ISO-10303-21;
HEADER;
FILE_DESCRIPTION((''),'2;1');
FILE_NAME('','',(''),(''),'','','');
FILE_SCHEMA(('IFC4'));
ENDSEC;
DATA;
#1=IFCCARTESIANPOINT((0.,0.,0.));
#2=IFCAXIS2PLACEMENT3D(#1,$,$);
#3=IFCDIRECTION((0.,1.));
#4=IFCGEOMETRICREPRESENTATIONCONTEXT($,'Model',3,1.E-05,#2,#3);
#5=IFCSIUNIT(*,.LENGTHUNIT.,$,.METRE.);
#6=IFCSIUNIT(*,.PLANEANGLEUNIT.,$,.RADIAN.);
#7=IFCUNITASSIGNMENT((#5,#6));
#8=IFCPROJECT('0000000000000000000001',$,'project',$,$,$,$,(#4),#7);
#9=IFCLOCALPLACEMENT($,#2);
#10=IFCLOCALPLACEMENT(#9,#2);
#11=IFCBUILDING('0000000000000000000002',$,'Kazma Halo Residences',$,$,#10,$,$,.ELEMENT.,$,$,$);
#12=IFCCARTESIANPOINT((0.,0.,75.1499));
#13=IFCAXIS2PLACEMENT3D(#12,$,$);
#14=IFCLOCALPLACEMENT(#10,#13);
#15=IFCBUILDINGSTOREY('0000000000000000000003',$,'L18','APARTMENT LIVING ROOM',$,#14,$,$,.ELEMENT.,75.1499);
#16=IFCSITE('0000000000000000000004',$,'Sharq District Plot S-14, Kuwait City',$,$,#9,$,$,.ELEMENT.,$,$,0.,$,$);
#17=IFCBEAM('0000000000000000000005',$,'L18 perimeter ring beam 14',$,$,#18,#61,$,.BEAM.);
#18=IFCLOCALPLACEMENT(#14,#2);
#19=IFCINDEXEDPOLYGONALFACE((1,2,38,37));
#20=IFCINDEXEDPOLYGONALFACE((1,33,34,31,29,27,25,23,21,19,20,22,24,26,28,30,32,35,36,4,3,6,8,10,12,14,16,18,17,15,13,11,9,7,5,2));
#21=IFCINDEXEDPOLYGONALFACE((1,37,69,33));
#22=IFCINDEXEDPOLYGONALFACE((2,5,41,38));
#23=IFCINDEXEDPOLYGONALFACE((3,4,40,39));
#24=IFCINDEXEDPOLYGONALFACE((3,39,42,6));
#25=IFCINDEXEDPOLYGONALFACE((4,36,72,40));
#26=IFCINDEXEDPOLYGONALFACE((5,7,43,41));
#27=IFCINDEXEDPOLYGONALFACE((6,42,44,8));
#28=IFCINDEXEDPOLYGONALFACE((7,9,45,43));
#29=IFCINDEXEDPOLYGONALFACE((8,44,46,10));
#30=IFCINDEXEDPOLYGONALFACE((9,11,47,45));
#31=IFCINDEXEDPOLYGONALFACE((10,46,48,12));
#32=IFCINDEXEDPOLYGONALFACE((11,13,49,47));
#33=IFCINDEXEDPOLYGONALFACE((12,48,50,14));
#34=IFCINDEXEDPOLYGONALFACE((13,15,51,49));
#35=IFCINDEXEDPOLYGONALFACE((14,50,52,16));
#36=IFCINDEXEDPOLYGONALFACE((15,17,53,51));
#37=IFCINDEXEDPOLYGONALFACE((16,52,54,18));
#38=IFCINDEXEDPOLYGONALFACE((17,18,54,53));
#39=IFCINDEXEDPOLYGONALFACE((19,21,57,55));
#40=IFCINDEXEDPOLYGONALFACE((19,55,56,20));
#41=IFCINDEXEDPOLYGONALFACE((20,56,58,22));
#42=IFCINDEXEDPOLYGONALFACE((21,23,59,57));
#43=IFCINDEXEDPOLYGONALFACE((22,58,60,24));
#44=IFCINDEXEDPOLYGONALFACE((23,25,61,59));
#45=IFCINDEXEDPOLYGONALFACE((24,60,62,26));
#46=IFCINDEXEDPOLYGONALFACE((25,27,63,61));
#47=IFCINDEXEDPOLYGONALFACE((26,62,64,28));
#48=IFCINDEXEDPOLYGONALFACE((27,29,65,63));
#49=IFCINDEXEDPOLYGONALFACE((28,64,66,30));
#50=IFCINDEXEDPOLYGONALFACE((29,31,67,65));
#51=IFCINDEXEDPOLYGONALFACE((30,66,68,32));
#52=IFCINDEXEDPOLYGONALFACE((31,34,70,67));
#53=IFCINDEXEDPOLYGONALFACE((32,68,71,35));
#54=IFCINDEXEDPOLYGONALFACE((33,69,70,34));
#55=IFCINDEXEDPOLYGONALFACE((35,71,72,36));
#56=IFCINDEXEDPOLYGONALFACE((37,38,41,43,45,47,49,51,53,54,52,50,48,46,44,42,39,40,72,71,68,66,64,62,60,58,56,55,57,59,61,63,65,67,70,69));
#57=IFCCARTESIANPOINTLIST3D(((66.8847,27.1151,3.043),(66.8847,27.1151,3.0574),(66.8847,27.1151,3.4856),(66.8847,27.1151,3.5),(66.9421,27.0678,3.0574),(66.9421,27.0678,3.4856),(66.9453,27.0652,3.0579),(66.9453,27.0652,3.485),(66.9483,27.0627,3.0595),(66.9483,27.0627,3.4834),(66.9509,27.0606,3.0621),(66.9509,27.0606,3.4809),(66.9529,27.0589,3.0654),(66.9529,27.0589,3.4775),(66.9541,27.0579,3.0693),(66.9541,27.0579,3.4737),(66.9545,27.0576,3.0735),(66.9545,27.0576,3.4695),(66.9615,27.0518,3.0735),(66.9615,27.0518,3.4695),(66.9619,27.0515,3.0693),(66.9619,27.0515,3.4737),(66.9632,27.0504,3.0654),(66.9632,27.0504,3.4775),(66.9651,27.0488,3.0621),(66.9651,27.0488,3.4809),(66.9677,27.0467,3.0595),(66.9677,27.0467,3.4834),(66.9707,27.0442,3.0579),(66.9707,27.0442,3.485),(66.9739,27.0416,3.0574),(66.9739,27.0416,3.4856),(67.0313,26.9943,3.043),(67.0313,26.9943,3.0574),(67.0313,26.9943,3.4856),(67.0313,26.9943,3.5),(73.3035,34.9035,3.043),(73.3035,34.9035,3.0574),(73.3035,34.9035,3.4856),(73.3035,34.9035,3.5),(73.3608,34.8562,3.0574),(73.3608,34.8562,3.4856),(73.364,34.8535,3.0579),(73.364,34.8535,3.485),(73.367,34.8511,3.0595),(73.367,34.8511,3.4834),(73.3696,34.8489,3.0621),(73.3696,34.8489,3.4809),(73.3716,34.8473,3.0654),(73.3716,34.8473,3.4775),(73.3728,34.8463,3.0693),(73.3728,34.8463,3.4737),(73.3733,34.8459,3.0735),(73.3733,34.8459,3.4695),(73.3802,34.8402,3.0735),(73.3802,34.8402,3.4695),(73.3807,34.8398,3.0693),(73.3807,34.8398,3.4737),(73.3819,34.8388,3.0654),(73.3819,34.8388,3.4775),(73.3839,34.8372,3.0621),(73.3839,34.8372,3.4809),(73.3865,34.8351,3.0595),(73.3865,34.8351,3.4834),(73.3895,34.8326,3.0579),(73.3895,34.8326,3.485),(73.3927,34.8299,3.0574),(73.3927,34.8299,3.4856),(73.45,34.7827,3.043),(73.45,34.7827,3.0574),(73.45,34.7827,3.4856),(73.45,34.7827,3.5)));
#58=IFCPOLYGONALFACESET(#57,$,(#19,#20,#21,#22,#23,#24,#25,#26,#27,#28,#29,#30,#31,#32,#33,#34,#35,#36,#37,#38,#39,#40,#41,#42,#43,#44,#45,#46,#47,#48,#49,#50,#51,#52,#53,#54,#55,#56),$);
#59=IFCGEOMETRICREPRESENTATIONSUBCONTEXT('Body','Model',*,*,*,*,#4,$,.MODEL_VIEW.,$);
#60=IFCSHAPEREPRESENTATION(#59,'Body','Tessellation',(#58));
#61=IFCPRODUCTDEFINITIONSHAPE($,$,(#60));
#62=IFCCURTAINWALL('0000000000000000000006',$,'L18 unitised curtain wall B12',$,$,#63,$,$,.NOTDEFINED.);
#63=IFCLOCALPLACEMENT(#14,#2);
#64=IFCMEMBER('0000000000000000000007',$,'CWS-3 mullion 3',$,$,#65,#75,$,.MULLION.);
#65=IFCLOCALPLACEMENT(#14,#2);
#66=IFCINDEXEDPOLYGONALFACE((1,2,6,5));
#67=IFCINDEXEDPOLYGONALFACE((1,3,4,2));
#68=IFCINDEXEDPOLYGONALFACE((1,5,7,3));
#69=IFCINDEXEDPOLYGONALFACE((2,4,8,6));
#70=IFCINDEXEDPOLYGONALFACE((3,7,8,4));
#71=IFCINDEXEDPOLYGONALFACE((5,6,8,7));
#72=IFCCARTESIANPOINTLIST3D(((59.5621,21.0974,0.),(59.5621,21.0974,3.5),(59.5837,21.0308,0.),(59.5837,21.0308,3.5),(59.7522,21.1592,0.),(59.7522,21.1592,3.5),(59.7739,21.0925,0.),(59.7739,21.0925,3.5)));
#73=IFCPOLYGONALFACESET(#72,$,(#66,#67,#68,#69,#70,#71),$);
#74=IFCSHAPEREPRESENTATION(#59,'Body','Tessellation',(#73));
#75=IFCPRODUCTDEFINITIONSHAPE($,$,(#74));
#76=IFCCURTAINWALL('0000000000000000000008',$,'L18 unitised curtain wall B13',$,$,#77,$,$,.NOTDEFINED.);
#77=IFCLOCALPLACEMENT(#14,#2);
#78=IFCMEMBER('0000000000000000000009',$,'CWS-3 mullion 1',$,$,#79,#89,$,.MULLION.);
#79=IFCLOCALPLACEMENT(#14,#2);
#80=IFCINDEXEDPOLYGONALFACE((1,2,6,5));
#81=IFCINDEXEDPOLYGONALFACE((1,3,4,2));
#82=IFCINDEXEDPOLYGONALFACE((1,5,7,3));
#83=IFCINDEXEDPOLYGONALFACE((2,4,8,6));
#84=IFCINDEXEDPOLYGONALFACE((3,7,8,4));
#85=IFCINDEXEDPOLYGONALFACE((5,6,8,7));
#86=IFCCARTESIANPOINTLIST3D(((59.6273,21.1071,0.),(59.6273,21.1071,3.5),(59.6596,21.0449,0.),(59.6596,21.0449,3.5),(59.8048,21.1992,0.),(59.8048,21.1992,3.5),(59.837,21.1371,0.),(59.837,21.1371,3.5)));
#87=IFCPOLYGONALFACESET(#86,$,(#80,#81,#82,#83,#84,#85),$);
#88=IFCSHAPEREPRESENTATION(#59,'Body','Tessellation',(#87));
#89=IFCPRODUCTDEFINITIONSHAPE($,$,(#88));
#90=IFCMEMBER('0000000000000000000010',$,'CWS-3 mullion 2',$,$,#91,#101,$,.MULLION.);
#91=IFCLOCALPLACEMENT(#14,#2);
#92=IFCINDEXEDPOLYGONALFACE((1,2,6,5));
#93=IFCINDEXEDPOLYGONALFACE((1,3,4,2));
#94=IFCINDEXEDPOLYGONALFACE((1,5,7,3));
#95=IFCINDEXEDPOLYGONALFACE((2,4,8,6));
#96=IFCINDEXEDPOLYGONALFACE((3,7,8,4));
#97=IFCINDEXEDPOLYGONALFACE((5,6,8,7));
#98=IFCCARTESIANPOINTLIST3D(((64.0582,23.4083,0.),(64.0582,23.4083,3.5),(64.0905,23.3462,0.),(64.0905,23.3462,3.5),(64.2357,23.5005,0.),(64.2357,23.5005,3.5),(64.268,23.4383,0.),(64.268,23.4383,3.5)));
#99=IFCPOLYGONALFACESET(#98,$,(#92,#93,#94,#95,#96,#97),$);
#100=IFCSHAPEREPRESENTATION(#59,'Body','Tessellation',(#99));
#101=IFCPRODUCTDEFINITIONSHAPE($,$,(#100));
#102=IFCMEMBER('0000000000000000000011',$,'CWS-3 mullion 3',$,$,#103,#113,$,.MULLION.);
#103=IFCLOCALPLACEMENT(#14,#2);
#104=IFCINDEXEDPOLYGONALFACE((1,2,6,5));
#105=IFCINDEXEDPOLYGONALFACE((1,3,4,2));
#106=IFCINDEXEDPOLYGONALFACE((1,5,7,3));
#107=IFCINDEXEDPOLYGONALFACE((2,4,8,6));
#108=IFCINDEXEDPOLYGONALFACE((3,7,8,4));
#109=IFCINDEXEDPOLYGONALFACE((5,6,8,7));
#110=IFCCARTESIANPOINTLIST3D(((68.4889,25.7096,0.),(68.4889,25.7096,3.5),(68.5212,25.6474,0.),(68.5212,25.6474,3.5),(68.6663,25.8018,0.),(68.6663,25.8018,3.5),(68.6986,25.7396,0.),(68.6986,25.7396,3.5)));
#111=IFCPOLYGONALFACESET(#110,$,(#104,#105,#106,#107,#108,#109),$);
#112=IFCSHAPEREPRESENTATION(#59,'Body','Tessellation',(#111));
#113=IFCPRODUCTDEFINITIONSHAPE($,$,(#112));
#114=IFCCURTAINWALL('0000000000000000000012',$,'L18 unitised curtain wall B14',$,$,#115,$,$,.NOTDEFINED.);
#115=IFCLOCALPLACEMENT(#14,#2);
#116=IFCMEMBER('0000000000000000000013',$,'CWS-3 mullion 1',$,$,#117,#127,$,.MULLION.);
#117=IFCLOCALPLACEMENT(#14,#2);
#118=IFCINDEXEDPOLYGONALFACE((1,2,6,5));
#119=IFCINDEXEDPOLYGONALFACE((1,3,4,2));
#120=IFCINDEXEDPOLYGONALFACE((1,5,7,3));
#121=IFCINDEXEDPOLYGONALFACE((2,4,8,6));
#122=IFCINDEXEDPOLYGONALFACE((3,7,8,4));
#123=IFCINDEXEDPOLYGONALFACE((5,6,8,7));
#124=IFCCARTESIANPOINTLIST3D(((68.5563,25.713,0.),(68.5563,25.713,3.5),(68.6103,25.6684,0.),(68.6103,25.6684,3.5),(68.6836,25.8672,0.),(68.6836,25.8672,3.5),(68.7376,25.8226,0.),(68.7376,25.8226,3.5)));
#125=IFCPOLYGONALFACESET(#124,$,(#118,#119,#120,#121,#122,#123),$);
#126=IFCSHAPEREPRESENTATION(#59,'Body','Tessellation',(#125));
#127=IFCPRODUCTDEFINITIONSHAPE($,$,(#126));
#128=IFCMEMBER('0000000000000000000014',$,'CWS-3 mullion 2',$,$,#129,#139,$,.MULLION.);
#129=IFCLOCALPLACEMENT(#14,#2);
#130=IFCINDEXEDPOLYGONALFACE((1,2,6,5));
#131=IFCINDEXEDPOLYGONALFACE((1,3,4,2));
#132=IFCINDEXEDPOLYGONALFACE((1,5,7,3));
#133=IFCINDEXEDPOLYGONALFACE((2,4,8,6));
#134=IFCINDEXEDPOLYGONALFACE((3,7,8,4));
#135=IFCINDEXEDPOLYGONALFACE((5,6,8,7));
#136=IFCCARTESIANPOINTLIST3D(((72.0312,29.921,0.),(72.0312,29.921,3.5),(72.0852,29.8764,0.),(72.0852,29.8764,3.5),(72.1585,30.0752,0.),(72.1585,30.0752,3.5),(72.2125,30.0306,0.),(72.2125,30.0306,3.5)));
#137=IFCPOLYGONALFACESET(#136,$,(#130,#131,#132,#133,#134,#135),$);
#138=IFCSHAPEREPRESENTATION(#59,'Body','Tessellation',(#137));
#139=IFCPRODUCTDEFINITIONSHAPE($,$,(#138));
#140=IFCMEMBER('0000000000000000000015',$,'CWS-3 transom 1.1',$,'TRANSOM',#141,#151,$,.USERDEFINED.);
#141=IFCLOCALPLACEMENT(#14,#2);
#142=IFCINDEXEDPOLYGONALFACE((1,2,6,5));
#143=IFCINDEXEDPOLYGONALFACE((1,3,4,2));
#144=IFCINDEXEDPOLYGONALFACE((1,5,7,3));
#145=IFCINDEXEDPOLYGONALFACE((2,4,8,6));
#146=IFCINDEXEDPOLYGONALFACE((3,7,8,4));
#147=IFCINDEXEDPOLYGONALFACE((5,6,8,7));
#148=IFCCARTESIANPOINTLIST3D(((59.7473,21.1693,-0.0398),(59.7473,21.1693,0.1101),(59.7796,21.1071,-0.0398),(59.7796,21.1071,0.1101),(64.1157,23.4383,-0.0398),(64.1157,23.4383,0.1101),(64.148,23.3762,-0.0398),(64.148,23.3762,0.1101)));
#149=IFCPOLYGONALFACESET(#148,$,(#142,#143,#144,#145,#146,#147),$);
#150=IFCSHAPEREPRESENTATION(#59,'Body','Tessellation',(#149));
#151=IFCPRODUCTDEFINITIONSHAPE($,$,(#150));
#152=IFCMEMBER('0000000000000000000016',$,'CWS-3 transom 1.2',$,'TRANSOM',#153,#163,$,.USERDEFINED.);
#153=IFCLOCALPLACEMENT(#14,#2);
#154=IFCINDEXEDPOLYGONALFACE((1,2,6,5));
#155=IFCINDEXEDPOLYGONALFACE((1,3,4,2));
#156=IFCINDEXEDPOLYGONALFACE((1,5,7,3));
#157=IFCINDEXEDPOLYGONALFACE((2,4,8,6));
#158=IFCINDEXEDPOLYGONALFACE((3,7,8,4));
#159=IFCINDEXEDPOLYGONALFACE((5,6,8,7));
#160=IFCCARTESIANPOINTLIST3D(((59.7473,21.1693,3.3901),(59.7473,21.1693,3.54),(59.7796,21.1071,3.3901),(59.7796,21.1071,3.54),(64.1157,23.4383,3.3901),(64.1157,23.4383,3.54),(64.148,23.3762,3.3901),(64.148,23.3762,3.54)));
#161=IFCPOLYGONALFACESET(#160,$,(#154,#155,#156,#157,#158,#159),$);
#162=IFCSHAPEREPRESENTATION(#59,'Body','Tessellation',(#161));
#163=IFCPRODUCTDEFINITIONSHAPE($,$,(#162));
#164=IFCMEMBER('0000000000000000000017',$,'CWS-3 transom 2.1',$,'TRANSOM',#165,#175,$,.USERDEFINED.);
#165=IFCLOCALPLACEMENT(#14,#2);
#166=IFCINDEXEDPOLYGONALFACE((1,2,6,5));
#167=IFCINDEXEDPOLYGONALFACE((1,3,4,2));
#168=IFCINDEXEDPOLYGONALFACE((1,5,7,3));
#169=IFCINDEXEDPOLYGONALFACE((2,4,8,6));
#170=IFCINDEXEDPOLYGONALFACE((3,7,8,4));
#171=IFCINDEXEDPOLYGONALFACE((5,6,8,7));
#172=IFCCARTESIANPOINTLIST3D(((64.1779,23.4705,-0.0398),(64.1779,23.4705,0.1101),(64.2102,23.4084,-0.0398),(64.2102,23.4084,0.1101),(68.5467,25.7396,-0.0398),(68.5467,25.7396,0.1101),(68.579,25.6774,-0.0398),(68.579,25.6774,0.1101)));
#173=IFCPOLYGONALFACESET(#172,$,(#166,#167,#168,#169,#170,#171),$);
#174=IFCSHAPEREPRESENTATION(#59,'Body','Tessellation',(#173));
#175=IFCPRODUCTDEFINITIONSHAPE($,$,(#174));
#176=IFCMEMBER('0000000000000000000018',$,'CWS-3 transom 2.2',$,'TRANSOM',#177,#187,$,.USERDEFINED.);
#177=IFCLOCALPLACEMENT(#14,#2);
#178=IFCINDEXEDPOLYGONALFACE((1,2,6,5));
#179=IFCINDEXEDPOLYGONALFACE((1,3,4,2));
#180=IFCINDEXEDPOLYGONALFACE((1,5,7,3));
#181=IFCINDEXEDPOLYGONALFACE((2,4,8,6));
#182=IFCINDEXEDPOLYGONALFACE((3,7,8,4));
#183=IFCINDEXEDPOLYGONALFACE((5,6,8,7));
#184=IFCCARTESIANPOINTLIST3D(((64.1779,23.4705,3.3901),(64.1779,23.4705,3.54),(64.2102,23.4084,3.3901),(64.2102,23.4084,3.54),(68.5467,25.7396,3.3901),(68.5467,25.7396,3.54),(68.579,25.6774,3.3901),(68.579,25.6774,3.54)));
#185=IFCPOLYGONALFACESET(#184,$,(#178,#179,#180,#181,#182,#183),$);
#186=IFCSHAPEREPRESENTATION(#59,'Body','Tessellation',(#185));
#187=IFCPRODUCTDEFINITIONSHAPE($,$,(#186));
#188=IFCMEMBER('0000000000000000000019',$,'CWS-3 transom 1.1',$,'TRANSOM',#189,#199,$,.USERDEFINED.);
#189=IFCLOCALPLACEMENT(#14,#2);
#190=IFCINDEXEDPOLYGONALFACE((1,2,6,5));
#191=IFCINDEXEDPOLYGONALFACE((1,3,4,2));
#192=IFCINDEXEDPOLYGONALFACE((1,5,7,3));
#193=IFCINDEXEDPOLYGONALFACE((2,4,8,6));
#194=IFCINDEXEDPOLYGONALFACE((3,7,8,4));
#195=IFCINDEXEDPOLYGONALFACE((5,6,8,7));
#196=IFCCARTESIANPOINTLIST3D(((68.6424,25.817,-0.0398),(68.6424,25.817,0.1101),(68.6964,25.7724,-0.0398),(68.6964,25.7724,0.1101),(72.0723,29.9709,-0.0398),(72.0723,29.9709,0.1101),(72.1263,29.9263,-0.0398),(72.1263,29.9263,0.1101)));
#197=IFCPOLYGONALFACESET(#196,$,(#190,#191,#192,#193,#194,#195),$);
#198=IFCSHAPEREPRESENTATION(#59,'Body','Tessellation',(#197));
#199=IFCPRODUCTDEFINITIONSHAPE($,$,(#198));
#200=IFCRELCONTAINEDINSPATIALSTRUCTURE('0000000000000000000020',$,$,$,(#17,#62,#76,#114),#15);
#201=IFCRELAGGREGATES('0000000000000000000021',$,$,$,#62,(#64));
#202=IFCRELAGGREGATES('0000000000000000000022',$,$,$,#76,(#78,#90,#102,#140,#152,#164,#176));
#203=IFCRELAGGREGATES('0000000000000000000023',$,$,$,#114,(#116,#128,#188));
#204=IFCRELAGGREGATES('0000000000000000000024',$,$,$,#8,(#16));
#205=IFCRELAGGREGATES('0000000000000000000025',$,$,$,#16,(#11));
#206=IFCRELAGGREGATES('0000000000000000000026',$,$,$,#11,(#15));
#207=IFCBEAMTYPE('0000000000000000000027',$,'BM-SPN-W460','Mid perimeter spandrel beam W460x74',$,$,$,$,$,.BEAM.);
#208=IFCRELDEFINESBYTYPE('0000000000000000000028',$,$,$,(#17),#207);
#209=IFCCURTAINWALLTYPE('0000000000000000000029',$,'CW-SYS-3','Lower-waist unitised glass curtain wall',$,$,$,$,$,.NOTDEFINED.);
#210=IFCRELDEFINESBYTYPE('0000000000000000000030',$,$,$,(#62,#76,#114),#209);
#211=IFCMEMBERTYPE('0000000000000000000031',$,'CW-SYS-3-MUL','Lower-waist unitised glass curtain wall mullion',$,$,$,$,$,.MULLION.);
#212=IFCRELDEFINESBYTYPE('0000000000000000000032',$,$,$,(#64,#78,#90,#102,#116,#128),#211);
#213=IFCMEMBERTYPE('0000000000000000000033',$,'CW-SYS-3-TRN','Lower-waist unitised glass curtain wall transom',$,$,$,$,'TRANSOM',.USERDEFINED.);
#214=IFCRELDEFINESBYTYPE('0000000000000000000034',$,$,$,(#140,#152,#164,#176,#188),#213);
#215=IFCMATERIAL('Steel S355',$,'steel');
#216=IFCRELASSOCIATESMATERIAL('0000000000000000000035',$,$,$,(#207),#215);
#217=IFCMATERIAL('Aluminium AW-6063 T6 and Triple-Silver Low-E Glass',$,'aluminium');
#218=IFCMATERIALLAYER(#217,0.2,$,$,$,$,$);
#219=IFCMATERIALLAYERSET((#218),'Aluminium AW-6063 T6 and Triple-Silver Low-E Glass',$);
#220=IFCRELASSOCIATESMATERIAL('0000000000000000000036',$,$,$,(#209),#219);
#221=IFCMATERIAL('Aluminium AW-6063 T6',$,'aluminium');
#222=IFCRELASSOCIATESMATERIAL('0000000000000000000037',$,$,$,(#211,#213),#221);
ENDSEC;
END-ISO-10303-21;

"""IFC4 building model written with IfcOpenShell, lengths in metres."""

from ifc_helpers import new_model, si_unit, direction, frame, origin, origin_2d, place, context, subcontext, project, spatial, rectangle, i_section, extrude, material, layer, layer_set, material_profile, profile_set, type_object, element, aggregate, save


model = new_model("IFC4")

# Units and contexts
model_context = context("Model", 3, precision=1e-05, world=origin(), true_north=direction((0.0, 1.0)))
body_context = subcontext(model_context, "Body", "Model", "MODEL_VIEW")
ifc_project = project(units=[si_unit("LENGTHUNIT", "METRE"), si_unit("PLANEANGLEUNIT", "RADIAN")], contexts=[model_context])

# Site, building, storey
site_placement = place(None, origin())
site = spatial("IfcSite", under=ifc_project, at=site_placement, Name="Sharq District Plot S-14, Kuwait City", CompositionType="ELEMENT", RefElevation=0.0)
building_placement = place(site_placement, origin())
building = spatial("IfcBuilding", under=site, at=building_placement, Name="Kazma Halo Residences", CompositionType="ELEMENT")
storey_placement = place(building_placement, frame((0.0, 0.0, 75.1499)))
storey = spatial("IfcBuildingStorey", under=building, at=storey_placement, Name="L18", Description="APARTMENT LIVING ROOM", CompositionType="ELEMENT", Elevation=75.1499)

# Beam
ifc_material_1 = material(Name="Steel S355", Category="steel")
ifc_material_profile_1 = material_profile(ifc_material_1, i_section(OverallWidth=0.1899, OverallDepth=0.457, WebThickness=0.009, FlangeThickness=0.0144, FilletRadius=0.0161, at=origin_2d()), Name="W460x74")
ifc_profile_set_1 = profile_set([ifc_material_profile_1], Name="Steel S355")
beam_type_1 = type_object("IfcBeamType", Name="BM-SPN-W460", Description="Mid perimeter spandrel beam W460x74", PredefinedType="BEAM", material=ifc_profile_set_1)
beam_1_placement = place(storey_placement, frame((66.958, 27.0547, 3.2715), z_axis=(0.63599, 0.771698, 0.0), x_axis=(-0.771698, 0.63599, 0.0)))
element("IfcBeam", 1, at=beam_1_placement, inside=storey, type_object=beam_type_1, Name="L18 perimeter ring beam 14", PredefinedType="BEAM", context=body_context, shape_type="SweptSolid", body=[
    extrude(i_section(OverallWidth=0.1899, OverallDepth=0.457, WebThickness=0.009, FlangeThickness=0.0144, FilletRadius=0.0161, at=origin_2d()), origin(), (0.0, 0.0, 1.0), 10.0925),
])

# Curtain wall, member
ifc_material_2 = material(Name="Aluminium AW-6063 T6 and Triple-Silver Low-E Glass", Category="aluminium")
ifc_layer_1 = layer(ifc_material_2, 0.2)
ifc_layer_set_1 = layer_set([ifc_layer_1], Name="Aluminium AW-6063 T6 and Triple-Silver Low-E Glass")
curtain_wall_type = type_object("IfcCurtainWallType", Name="CW-SYS-3", Description="Lower-waist unitised glass curtain wall", PredefinedType="NOTDEFINED", material=ifc_layer_set_1)
curtain_wall_1_placement = place(storey_placement, origin())
curtain_wall_1 = element("IfcCurtainWall", 2, at=curtain_wall_1_placement, inside=storey, type_object=curtain_wall_type, Name="L18 unitised curtain wall B12", PredefinedType="NOTDEFINED")
ifc_material_3 = material(Name="Aluminium AW-6063 T6", Category="aluminium")
ifc_material_profile_2 = material_profile(ifc_material_3, rectangle(XDim=0.0701, YDim=0.2, at=origin_2d()), Name="CWM-70x200")
ifc_profile_set_2 = profile_set([ifc_material_profile_2], Name="Aluminium AW-6063 T6")
member_type_1 = type_object("IfcMemberType", Name="CW-SYS-3-MUL", Description="Lower-waist unitised glass curtain wall mullion", PredefinedType="MULLION", material=ifc_profile_set_2)
member_1_placement = place(storey_placement, frame((59.668, 21.095, 0.0), z_axis=(0.0, 0.0, 1.0), x_axis=(-0.309017, 0.951056, 0.0)))
member_1 = element("IfcMember", 3, at=member_1_placement, type_object=member_type_1, Name="CWS-3 mullion 3", PredefinedType="MULLION", context=body_context, shape_type="SweptSolid", body=[
    extrude(rectangle(XDim=0.0701, YDim=0.2, at=origin_2d()), origin(), (0.0, 0.0, 1.0), 3.5),
])
aggregate(curtain_wall_1, [member_1])

# Curtain walls, members
curtain_wall_2_placement = place(storey_placement, origin())
curtain_wall_2 = element("IfcCurtainWall", 4, at=curtain_wall_2_placement, inside=storey, type_object=curtain_wall_type, Name="L18 unitised curtain wall B13", PredefinedType="NOTDEFINED")
member_2_placement = place(storey_placement, frame((59.7322, 21.1221, 0.0), z_axis=(0.0, 0.0, 1.0), x_axis=(-0.460932, 0.887435, 0.0)))
member_2 = element("IfcMember", 5, at=member_2_placement, type_object=member_type_1, Name="CWS-3 mullion 1", PredefinedType="MULLION", context=body_context, shape_type="SweptSolid", body=[
    extrude(rectangle(XDim=0.0701, YDim=0.2, at=origin_2d()), origin(), (0.0, 0.0, 1.0), 3.5),
])
member_3_placement = place(storey_placement, frame((64.1631, 23.4233, 0.0), z_axis=(0.0, 0.0, 1.0), x_axis=(-0.460932, 0.887435, 0.0)))
member_3 = element("IfcMember", 6, at=member_3_placement, type_object=member_type_1, Name="CWS-3 mullion 2", PredefinedType="MULLION", context=body_context, shape_type="SweptSolid", body=[
    extrude(rectangle(XDim=0.0701, YDim=0.2, at=origin_2d()), origin(), (0.0, 0.0, 1.0), 3.5),
])
member_4_placement = place(storey_placement, frame((68.5938, 25.7246, 0.0), z_axis=(0.0, 0.0, 1.0), x_axis=(-0.460932, 0.887435, 0.0)))
member_4 = element("IfcMember", 7, at=member_4_placement, type_object=member_type_1, Name="CWS-3 mullion 3", PredefinedType="MULLION", context=body_context, shape_type="SweptSolid", body=[
    extrude(rectangle(XDim=0.0701, YDim=0.2, at=origin_2d()), origin(), (0.0, 0.0, 1.0), 3.5),
])
curtain_wall_3_placement = place(storey_placement, origin())
curtain_wall_3 = element("IfcCurtainWall", 8, at=curtain_wall_3_placement, inside=storey, type_object=curtain_wall_type, Name="L18 unitised curtain wall B14", PredefinedType="NOTDEFINED")
member_5_placement = place(storey_placement, frame((68.647, 25.7678, 0.0), z_axis=(0.0, 0.0, 1.0), x_axis=(-0.771095, 0.636721, 0.0)))
member_5 = element("IfcMember", 9, at=member_5_placement, type_object=member_type_1, Name="CWS-3 mullion 1", PredefinedType="MULLION", context=body_context, shape_type="SweptSolid", body=[
    extrude(rectangle(XDim=0.0701, YDim=0.2, at=origin_2d()), origin(), (0.0, 0.0, 1.0), 3.5),
])
member_6_placement = place(storey_placement, frame((72.1218, 29.9758, 0.0), z_axis=(0.0, 0.0, 1.0), x_axis=(-0.771095, 0.636721, 0.0)))
member_6 = element("IfcMember", 10, at=member_6_placement, type_object=member_type_1, Name="CWS-3 mullion 2", PredefinedType="MULLION", context=body_context, shape_type="SweptSolid", body=[
    extrude(rectangle(XDim=0.0701, YDim=0.2, at=origin_2d()), origin(), (0.0, 0.0, 1.0), 3.5),
])

# Members
ifc_material_profile_3 = material_profile(ifc_material_3, rectangle(XDim=0.0701, YDim=0.1499, at=origin_2d()), Name="CWT-70x150")
ifc_profile_set_3 = profile_set([ifc_material_profile_3], Name="Aluminium AW-6063 T6")
member_type_2 = type_object("IfcMemberType", Name="CW-SYS-3-TRN", Description="Lower-waist unitised glass curtain wall transom", ElementType="TRANSOM", PredefinedType="USERDEFINED", material=ifc_profile_set_3)
member_7_placement = place(storey_placement, frame((59.7634, 21.1382, 0.0352), z_axis=(0.887427, 0.460948, 0.0), x_axis=(-0.460948, 0.887427, 0.0)))
member_7 = element("IfcMember", 11, at=member_7_placement, type_object=member_type_2, Name="CWS-3 transom 1.1", ObjectType="TRANSOM", PredefinedType="USERDEFINED", context=body_context, shape_type="SweptSolid", body=[
    extrude(rectangle(XDim=0.0701, YDim=0.1499, at=origin_2d()), origin(), (0.0, 0.0, 1.0), 4.9226),
])
member_8_placement = place(storey_placement, frame((59.7634, 21.1382, 3.4651), z_axis=(0.887427, 0.460948, 0.0), x_axis=(-0.460948, 0.887427, 0.0)))
member_8 = element("IfcMember", 12, at=member_8_placement, type_object=member_type_2, Name="CWS-3 transom 1.2", ObjectType="TRANSOM", PredefinedType="USERDEFINED", context=body_context, shape_type="SweptSolid", body=[
    extrude(rectangle(XDim=0.0701, YDim=0.1499, at=origin_2d()), origin(), (0.0, 0.0, 1.0), 4.9226),
])
member_9_placement = place(storey_placement, frame((64.1941, 23.4395, 0.0352), z_axis=(0.887438, 0.460928, 0.0), x_axis=(-0.460928, 0.887438, 0.0)))
member_9 = element("IfcMember", 13, at=member_9_placement, type_object=member_type_2, Name="CWS-3 transom 2.1", ObjectType="TRANSOM", PredefinedType="USERDEFINED", context=body_context, shape_type="SweptSolid", body=[
    extrude(rectangle(XDim=0.0701, YDim=0.1499, at=origin_2d()), origin(), (0.0, 0.0, 1.0), 4.9229),
])
member_10_placement = place(storey_placement, frame((64.1941, 23.4395, 3.4651), z_axis=(0.887438, 0.460928, 0.0), x_axis=(-0.460928, 0.887438, 0.0)))
member_10 = element("IfcMember", 14, at=member_10_placement, type_object=member_type_2, Name="CWS-3 transom 2.2", ObjectType="TRANSOM", PredefinedType="USERDEFINED", context=body_context, shape_type="SweptSolid", body=[
    extrude(rectangle(XDim=0.0701, YDim=0.1499, at=origin_2d()), origin(), (0.0, 0.0, 1.0), 4.9229),
])
member_11_placement = place(storey_placement, frame((68.6694, 25.7947, 0.0352), z_axis=(0.636696, 0.771115, 0.0), x_axis=(-0.771115, 0.636696, 0.0)))
member_11 = element("IfcMember", 15, at=member_11_placement, type_object=member_type_2, Name="CWS-3 transom 1.1", ObjectType="TRANSOM", PredefinedType="USERDEFINED", context=body_context, shape_type="SweptSolid", body=[
    extrude(rectangle(XDim=0.0701, YDim=0.1499, at=origin_2d()), origin(), (0.0, 0.0, 1.0), 5.387),
])

aggregate(curtain_wall_2, [member_2, member_3, member_4, member_7, member_8, member_9, member_10])
aggregate(curtain_wall_3, [member_5, member_6, member_11])

save(model, "model.ifc")
